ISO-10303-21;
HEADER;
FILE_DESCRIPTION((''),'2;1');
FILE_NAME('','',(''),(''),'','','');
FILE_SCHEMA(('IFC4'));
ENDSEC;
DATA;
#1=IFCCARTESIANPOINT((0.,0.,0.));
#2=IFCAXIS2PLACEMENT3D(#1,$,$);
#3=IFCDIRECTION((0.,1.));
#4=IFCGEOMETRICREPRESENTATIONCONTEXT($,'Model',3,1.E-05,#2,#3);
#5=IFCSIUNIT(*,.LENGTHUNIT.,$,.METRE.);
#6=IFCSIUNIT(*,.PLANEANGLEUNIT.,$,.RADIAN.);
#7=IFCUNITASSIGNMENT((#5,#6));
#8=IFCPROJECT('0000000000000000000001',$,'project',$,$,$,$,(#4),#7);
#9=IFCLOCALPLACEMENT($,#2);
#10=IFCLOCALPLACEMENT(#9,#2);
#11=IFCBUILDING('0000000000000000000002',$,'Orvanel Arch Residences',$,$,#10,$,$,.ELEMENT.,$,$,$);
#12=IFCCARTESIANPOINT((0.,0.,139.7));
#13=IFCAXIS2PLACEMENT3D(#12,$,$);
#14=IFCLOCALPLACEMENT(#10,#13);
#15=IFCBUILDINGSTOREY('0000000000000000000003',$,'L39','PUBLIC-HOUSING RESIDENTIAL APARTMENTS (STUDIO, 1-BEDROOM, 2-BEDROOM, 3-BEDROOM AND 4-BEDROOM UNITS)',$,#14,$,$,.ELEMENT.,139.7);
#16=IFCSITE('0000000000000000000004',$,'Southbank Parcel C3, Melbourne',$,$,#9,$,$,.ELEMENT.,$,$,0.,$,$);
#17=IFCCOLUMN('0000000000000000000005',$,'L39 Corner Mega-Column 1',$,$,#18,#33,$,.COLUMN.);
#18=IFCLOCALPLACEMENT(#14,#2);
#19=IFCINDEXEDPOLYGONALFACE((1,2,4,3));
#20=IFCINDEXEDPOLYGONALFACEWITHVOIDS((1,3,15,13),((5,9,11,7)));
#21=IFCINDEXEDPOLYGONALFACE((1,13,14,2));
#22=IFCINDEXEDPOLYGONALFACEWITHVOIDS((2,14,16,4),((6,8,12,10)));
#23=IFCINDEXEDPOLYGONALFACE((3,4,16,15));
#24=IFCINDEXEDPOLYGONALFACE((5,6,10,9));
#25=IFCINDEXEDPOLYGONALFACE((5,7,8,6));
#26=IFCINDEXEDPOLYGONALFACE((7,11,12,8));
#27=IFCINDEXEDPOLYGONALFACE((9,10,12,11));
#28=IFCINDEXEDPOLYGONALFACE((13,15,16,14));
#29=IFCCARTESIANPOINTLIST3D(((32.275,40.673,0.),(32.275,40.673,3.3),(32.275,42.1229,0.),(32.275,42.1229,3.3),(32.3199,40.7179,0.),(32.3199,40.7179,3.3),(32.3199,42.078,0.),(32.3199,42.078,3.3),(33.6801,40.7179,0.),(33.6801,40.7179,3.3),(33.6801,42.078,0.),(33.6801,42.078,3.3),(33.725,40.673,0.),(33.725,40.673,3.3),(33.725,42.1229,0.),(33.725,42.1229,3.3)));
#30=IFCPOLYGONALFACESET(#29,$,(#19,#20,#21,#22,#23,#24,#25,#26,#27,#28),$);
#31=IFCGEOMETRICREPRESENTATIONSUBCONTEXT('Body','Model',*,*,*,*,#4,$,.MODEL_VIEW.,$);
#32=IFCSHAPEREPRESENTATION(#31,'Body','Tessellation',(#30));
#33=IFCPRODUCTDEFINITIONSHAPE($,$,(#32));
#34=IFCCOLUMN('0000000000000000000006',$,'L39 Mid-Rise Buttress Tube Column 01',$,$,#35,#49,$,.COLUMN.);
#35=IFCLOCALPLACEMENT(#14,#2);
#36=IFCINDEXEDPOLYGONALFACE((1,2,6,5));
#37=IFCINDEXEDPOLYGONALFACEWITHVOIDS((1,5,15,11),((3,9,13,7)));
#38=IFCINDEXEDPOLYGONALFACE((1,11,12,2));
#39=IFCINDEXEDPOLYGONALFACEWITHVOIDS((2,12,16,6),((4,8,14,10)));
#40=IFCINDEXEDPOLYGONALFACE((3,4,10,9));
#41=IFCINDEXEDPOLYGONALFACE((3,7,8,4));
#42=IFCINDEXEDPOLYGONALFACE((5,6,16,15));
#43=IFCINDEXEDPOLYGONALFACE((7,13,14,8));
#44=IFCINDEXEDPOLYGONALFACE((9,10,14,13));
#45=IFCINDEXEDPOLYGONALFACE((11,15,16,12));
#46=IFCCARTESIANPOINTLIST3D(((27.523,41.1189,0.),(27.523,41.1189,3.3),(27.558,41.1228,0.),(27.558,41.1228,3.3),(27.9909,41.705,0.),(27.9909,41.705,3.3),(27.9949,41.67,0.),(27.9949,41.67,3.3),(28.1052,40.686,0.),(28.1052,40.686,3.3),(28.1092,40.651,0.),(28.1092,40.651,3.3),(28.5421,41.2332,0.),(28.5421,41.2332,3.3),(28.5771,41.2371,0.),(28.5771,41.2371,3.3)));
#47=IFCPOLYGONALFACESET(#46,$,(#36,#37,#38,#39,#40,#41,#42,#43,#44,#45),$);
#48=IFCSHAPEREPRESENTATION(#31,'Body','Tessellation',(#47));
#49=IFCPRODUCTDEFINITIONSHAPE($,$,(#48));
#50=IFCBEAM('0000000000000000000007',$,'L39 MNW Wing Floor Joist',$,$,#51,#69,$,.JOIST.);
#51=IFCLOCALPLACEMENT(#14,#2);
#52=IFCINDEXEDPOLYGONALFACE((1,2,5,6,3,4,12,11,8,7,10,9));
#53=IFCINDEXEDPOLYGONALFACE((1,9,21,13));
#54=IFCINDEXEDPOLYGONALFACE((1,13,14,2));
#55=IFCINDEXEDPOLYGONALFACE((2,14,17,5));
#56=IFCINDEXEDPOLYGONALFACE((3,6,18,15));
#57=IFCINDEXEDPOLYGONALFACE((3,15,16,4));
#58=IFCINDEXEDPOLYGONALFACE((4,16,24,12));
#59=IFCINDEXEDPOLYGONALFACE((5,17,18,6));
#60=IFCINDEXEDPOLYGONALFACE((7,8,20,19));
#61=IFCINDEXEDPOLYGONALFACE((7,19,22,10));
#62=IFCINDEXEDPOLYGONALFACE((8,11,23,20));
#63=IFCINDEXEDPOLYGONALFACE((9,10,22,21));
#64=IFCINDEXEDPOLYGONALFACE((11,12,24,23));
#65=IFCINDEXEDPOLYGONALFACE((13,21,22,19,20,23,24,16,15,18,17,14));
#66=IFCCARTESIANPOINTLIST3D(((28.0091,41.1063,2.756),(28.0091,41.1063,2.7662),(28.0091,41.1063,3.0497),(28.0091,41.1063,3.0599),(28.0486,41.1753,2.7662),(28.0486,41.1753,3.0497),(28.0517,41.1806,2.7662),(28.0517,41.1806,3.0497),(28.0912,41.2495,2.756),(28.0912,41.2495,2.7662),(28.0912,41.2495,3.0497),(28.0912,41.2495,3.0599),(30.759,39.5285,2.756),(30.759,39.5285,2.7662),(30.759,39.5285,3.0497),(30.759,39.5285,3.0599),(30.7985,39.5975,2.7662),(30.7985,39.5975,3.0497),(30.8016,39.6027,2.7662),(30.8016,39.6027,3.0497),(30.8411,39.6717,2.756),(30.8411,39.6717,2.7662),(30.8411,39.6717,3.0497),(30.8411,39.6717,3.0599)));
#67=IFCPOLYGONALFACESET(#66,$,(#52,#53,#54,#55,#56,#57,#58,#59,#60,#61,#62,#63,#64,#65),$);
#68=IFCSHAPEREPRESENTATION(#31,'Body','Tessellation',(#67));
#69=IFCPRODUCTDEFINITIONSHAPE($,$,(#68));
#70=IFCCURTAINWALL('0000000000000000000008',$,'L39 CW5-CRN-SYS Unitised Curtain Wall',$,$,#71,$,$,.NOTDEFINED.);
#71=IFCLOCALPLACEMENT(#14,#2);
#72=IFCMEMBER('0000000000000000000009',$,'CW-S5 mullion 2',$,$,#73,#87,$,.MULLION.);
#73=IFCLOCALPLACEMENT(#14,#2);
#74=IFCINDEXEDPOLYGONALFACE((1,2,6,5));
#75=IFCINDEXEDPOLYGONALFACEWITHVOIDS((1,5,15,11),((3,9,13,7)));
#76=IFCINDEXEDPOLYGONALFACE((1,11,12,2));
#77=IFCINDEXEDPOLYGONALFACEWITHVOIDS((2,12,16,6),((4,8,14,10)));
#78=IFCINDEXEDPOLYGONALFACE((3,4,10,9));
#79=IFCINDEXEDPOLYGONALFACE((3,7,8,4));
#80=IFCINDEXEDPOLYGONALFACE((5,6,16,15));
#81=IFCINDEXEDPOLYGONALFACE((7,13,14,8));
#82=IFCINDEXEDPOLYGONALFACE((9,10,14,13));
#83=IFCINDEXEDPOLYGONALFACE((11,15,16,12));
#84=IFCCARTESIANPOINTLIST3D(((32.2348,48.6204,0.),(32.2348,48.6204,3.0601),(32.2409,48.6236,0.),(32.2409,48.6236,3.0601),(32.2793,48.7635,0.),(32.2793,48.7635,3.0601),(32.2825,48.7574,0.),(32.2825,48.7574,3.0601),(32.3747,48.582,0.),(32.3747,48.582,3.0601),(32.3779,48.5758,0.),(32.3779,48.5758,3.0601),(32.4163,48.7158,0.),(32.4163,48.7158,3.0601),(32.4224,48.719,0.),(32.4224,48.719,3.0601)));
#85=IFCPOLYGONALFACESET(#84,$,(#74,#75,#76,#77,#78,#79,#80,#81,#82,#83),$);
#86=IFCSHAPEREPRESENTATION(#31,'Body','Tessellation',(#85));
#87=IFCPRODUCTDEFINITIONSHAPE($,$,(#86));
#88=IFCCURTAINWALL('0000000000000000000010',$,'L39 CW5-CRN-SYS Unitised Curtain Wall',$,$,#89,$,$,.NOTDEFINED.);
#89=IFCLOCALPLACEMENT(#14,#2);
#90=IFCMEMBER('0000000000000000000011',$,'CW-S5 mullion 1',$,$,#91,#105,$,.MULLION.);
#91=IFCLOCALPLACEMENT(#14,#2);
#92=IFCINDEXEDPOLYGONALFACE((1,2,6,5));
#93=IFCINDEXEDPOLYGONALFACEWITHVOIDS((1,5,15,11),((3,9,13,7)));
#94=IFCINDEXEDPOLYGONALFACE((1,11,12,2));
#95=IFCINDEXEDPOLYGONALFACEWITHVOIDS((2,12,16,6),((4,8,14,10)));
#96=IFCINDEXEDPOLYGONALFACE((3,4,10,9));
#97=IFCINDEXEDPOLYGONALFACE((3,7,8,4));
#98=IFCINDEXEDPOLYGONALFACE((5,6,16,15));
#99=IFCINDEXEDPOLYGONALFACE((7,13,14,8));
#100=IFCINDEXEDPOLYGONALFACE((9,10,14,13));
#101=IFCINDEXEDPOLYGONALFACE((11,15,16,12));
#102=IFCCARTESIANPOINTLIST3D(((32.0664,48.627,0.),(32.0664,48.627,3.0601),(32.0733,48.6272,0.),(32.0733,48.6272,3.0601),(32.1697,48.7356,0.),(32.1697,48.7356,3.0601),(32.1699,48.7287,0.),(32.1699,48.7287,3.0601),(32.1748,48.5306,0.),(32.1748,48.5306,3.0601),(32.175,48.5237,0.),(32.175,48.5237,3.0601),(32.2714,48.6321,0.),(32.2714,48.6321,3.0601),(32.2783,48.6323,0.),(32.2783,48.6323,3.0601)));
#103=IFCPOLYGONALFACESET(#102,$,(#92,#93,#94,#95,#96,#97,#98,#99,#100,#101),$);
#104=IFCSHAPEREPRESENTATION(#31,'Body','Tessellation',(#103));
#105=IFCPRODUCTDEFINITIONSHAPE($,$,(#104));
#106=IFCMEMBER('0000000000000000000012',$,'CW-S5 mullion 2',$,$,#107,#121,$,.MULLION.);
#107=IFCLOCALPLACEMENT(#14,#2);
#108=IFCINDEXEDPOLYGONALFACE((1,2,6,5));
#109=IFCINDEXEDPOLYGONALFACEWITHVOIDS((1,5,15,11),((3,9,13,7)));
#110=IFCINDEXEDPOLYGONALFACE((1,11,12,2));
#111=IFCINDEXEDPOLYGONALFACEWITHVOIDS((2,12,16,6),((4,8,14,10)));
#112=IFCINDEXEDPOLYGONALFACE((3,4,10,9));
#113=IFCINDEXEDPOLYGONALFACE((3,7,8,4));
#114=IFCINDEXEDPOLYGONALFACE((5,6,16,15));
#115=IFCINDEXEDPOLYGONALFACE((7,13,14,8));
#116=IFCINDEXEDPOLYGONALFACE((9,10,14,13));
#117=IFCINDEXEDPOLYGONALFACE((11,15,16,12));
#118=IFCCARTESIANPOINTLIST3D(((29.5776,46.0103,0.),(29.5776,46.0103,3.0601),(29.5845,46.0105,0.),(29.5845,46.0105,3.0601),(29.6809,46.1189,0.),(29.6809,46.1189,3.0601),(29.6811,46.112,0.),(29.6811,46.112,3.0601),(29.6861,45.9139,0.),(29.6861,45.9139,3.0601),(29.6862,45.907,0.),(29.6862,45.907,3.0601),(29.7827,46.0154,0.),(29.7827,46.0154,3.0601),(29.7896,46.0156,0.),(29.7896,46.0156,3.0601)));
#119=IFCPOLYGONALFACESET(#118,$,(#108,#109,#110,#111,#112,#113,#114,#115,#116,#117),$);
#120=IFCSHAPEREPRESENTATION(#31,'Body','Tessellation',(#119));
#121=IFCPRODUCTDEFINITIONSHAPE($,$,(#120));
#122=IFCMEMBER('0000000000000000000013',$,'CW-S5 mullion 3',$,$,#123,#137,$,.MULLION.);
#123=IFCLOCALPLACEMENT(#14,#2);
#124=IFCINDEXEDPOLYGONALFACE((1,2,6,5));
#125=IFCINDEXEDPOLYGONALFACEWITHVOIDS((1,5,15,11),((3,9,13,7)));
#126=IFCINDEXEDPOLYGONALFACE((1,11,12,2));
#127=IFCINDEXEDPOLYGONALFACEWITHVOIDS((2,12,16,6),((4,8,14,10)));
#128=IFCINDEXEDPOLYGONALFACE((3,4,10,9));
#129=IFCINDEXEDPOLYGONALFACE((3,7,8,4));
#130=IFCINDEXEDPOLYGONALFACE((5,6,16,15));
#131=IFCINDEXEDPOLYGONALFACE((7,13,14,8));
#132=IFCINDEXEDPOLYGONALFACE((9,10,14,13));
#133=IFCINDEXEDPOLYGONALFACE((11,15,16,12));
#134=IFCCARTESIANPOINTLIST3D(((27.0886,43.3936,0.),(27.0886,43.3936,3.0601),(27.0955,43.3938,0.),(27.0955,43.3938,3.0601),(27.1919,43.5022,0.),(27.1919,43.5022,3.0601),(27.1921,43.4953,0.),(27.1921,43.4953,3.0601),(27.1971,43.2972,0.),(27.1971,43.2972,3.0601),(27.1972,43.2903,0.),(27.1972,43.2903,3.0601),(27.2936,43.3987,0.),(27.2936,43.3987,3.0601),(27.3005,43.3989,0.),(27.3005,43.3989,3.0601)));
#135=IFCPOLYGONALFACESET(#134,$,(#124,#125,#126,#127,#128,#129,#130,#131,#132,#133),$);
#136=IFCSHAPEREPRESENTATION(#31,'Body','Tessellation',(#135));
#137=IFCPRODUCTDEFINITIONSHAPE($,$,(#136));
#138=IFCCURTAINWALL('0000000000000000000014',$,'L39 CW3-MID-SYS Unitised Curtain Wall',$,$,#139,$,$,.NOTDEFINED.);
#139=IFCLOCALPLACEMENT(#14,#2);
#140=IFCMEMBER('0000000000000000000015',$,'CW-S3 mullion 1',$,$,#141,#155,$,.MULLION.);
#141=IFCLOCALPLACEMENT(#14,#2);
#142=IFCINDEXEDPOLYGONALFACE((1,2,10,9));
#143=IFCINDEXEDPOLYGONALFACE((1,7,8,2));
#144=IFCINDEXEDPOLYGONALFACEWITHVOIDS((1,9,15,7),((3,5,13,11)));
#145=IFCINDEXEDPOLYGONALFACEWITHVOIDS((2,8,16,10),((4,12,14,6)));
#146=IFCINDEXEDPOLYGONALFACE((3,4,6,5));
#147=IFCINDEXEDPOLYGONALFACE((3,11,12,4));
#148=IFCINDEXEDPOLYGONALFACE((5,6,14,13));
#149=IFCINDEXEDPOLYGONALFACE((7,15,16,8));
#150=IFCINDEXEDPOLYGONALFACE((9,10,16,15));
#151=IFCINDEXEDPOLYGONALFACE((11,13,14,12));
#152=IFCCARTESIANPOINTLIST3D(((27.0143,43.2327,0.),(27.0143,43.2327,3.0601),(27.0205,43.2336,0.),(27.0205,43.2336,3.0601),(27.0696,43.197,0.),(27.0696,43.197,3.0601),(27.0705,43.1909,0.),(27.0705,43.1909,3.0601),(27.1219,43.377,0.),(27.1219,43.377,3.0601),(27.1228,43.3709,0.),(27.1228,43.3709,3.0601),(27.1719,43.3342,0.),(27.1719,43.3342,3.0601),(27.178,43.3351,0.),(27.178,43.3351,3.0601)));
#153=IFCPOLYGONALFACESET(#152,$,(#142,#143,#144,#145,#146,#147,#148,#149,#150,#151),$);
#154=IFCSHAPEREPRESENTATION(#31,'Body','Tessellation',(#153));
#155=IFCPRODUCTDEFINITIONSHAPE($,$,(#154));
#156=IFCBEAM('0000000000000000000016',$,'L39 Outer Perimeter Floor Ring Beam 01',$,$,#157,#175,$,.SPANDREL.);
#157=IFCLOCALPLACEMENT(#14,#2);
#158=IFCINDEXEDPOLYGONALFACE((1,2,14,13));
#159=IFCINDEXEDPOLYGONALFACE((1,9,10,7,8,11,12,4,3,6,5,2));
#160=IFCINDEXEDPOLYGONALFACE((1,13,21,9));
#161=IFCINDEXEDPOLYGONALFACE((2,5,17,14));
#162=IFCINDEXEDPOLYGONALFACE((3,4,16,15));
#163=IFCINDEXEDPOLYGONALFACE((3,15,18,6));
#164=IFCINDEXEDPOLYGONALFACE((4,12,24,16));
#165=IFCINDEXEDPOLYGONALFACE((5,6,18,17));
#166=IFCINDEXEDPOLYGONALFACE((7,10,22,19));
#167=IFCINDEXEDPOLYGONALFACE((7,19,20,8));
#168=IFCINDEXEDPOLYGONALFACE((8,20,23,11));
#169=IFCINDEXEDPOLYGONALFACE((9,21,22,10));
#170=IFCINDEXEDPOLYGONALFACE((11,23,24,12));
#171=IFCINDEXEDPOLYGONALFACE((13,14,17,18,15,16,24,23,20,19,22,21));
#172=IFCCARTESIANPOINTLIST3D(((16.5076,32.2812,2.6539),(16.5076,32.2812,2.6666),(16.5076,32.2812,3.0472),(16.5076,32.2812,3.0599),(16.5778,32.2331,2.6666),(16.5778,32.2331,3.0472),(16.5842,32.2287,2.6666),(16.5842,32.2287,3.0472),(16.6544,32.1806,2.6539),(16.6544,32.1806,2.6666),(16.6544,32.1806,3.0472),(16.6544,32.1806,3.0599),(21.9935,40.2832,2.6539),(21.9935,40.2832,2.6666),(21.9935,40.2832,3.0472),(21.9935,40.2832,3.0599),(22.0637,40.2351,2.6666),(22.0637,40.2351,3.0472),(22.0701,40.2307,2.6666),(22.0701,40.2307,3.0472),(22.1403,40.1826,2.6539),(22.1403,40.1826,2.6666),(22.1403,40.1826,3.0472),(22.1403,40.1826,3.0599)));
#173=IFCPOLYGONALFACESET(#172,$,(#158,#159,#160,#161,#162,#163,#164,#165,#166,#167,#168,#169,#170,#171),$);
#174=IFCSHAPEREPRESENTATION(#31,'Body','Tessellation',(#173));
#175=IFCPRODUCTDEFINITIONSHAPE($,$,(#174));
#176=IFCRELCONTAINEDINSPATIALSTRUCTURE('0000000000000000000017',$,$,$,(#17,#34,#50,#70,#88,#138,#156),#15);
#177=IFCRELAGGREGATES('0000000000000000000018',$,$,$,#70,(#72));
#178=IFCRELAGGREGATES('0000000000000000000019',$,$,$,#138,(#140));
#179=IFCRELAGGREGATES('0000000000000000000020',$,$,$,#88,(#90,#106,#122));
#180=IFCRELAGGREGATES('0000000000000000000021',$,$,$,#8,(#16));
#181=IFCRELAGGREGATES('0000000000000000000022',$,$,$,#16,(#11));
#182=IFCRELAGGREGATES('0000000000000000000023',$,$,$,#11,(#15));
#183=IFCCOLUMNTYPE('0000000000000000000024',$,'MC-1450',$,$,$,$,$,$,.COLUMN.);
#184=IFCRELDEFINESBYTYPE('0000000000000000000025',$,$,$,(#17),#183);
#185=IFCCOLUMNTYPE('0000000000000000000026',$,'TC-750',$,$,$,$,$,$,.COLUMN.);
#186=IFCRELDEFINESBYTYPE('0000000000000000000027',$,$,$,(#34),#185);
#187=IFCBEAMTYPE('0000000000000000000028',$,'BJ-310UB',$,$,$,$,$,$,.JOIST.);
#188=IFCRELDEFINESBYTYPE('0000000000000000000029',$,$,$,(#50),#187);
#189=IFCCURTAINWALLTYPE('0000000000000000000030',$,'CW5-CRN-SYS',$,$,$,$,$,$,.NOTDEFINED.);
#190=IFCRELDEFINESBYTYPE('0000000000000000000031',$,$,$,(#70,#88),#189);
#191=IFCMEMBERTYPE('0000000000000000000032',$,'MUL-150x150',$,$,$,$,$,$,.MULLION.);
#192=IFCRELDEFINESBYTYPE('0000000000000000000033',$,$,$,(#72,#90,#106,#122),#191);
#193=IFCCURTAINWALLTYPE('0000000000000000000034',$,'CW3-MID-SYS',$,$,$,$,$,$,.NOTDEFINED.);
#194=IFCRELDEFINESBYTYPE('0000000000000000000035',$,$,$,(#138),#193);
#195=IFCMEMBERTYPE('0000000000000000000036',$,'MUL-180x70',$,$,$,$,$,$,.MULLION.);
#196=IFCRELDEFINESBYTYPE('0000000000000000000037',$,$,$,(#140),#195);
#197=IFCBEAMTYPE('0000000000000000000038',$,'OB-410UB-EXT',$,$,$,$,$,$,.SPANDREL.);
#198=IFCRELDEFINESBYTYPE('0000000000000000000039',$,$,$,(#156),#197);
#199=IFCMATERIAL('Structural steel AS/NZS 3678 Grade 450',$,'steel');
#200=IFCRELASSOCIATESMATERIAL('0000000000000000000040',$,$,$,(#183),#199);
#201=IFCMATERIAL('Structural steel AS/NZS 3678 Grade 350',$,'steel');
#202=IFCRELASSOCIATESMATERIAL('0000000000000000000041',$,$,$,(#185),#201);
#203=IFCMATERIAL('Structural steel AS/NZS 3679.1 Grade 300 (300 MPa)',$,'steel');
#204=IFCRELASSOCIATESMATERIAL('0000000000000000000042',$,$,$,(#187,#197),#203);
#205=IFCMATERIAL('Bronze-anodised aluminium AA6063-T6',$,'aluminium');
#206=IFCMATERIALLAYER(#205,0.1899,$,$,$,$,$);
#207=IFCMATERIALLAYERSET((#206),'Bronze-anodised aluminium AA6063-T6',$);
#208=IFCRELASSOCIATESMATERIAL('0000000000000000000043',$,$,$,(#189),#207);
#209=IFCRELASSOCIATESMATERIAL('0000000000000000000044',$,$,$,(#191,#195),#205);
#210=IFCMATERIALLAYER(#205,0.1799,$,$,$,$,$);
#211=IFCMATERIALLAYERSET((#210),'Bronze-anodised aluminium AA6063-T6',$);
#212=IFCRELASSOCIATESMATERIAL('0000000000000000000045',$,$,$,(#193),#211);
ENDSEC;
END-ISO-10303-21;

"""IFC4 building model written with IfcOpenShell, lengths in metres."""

from ifc_helpers import new_model, si_unit, direction, frame, origin, origin_2d, place, context, subcontext, project, spatial, hollow_rectangle, i_section, extrude, material, layer, layer_set, material_profile, profile_set, type_object, element, aggregate, save


model = new_model("IFC4")

# Units and contexts
model_context = context("Model", 3, precision=1e-05, world=origin(), true_north=direction((0.0, 1.0)))
body_context = subcontext(model_context, "Body", "Model", "MODEL_VIEW")
ifc_project = project(units=[si_unit("LENGTHUNIT", "METRE"), si_unit("PLANEANGLEUNIT", "RADIAN")], contexts=[model_context])

# Site, building, storey
site_placement = place(None, origin())
site = spatial("IfcSite", under=ifc_project, at=site_placement, Name="Southbank Parcel C3, Melbourne", CompositionType="ELEMENT", RefElevation=0.0)
building_placement = place(site_placement, origin())
building = spatial("IfcBuilding", under=site, at=building_placement, Name="Orvanel Arch Residences", CompositionType="ELEMENT")
storey_placement = place(building_placement, frame((0.0, 0.0, 139.7)))
storey = spatial("IfcBuildingStorey", under=building, at=storey_placement, Name="L39", Description="PUBLIC-HOUSING RESIDENTIAL APARTMENTS (STUDIO, 1-BEDROOM, 2-BEDROOM, 3-BEDROOM AND 4-BEDROOM UNITS)", CompositionType="ELEMENT", Elevation=139.7)

# Columns
ifc_material_1 = material(Name="Structural steel AS/NZS 3678 Grade 450", Category="steel")
ifc_material_profile_1 = material_profile(ifc_material_1, hollow_rectangle(XDim=1.45, YDim=1.45, WallThickness=0.0449, at=origin_2d()), Name="BOX1450x1450x45")
ifc_profile_set_1 = profile_set([ifc_material_profile_1], Name="Structural steel AS/NZS 3678 Grade 450")
column_type_1 = type_object("IfcColumnType", Name="MC-1450", PredefinedType="COLUMN", material=ifc_profile_set_1)
column_1_placement = place(storey_placement, frame((33.0, 41.3979, 0.0), z_axis=(0.0, 0.0, 1.0), x_axis=(1.0, 0.0, 0.0)))
element("IfcColumn", 1, at=column_1_placement, inside=storey, type_object=column_type_1, Name="L39 Corner Mega-Column 1", PredefinedType="COLUMN", context=body_context, shape_type="SweptSolid", body=[
    extrude(hollow_rectangle(XDim=1.45, YDim=1.45, WallThickness=0.0449, at=origin_2d()), origin(), (0.0, 0.0, 1.0), 3.3),
])
ifc_material_2 = material(Name="Structural steel AS/NZS 3678 Grade 350", Category="steel")
ifc_material_profile_2 = material_profile(ifc_material_2, hollow_rectangle(XDim=0.75, YDim=0.75, WallThickness=0.0249, at=origin_2d()), Name="BOX750x750x25")
ifc_profile_set_2 = profile_set([ifc_material_profile_2], Name="Structural steel AS/NZS 3678 Grade 350")
column_type_2 = type_object("IfcColumnType", Name="TC-750", PredefinedType="COLUMN", material=ifc_profile_set_2)
column_2_placement = place(storey_placement, frame((28.05, 41.178, 0.0), z_axis=(0.0, 0.0, 1.0), x_axis=(0.62388, 0.78152, 0.0)))
element("IfcColumn", 2, at=column_2_placement, inside=storey, type_object=column_type_2, Name="L39 Mid-Rise Buttress Tube Column 01", PredefinedType="COLUMN", context=body_context, shape_type="SweptSolid", body=[
    extrude(hollow_rectangle(XDim=0.75, YDim=0.75, WallThickness=0.0249, at=origin_2d()), origin(), (0.0, 0.0, 1.0), 3.3),
])

# Beam
ifc_material_3 = material(Name="Structural steel AS/NZS 3679.1 Grade 300 (300 MPa)", Category="steel")
ifc_material_profile_3 = material_profile(ifc_material_3, i_section(OverallWidth=0.165, OverallDepth=0.304, WebThickness=0.0061, FlangeThickness=0.0103, at=origin_2d()), Name="310UB40.4")
ifc_profile_set_3 = profile_set([ifc_material_profile_3], Name="Structural steel AS/NZS 3679.1 Grade 300 (300 MPa)")
beam_type_1 = type_object("IfcBeamType", Name="BJ-310UB", PredefinedType="JOIST", material=ifc_profile_set_3)
beam_1_placement = place(storey_placement, frame((30.8, 39.6001, 2.908), z_axis=(-0.867365, 0.497672, 0.0), x_axis=(-0.497672, -0.867365, 0.0)))
element("IfcBeam", 3, at=beam_1_placement, inside=storey, type_object=beam_type_1, Name="L39 MNW Wing Floor Joist", PredefinedType="JOIST", context=body_context, shape_type="SweptSolid", body=[
    extrude(i_section(OverallWidth=0.165, OverallDepth=0.304, WebThickness=0.0061, FlangeThickness=0.0103, at=origin_2d()), origin(), (0.0, 0.0, 1.0), 3.1704),
])

# Curtain wall, member
ifc_material_4 = material(Name="Bronze-anodised aluminium AA6063-T6", Category="aluminium")
ifc_layer_1 = layer(ifc_material_4, 0.1899)
ifc_layer_set_1 = layer_set([ifc_layer_1], Name="Bronze-anodised aluminium AA6063-T6")
curtain_wall_type_1 = type_object("IfcCurtainWallType", Name="CW5-CRN-SYS", PredefinedType="NOTDEFINED", material=ifc_layer_set_1)
curtain_wall_1_placement = place(storey_placement, origin())
curtain_wall_1 = element("IfcCurtainWall", 4, at=curtain_wall_1_placement, inside=storey, type_object=curtain_wall_type_1, Name="L39 CW5-CRN-SYS Unitised Curtain Wall", PredefinedType="NOTDEFINED")
ifc_material_profile_4 = material_profile(ifc_material_4, hollow_rectangle(XDim=0.1499, YDim=0.1499, WallThickness=0.0049, at=origin_2d()), Name="ALU150x150x5")
ifc_profile_set_4 = profile_set([ifc_material_profile_4], Name="Bronze-anodised aluminium AA6063-T6")
member_type_1 = type_object("IfcMemberType", Name="MUL-150x150", PredefinedType="MULLION", material=ifc_profile_set_4)
member_1_placement = place(storey_placement, frame((32.3286, 48.6697, 0.0), z_axis=(0.0, 0.0, 1.0), x_axis=(-0.297028, -0.954869, 0.0)))
member_1 = element("IfcMember", 5, at=member_1_placement, type_object=member_type_1, Name="CW-S5 mullion 2", PredefinedType="MULLION", context=body_context, shape_type="SweptSolid", body=[
    extrude(hollow_rectangle(XDim=0.1499, YDim=0.1499, WallThickness=0.0049, at=origin_2d()), origin(), (0.0, 0.0, 1.0), 3.0601),
])
aggregate(curtain_wall_1, [member_1])

# Curtain wall, members
curtain_wall_2_placement = place(storey_placement, origin())
curtain_wall_2 = element("IfcCurtainWall", 6, at=curtain_wall_2_placement, inside=storey, type_object=curtain_wall_type_1, Name="L39 CW5-CRN-SYS Unitised Curtain Wall", PredefinedType="NOTDEFINED")
member_2_placement = place(storey_placement, frame((32.1724, 48.6296, 0.0), z_axis=(0.0, 0.0, 1.0), x_axis=(0.724586, -0.689184, 0.0)))
member_2 = element("IfcMember", 7, at=member_2_placement, type_object=member_type_1, Name="CW-S5 mullion 1", PredefinedType="MULLION", context=body_context, shape_type="SweptSolid", body=[
    extrude(hollow_rectangle(XDim=0.1499, YDim=0.1499, WallThickness=0.0049, at=origin_2d()), origin(), (0.0, 0.0, 1.0), 3.0601),
])
member_3_placement = place(storey_placement, frame((29.6836, 46.0129, 0.0), z_axis=(0.0, 0.0, 1.0), x_axis=(0.724586, -0.689184, 0.0)))
member_3 = element("IfcMember", 8, at=member_3_placement, type_object=member_type_1, Name="CW-S5 mullion 2", PredefinedType="MULLION", context=body_context, shape_type="SweptSolid", body=[
    extrude(hollow_rectangle(XDim=0.1499, YDim=0.1499, WallThickness=0.0049, at=origin_2d()), origin(), (0.0, 0.0, 1.0), 3.0601),
])
member_4_placement = place(storey_placement, frame((27.1946, 43.3962, 0.0), z_axis=(0.0, 0.0, 1.0), x_axis=(0.724586, -0.689184, 0.0)))
member_4 = element("IfcMember", 9, at=member_4_placement, type_object=member_type_1, Name="CW-S5 mullion 3", PredefinedType="MULLION", context=body_context, shape_type="SweptSolid", body=[
    extrude(hollow_rectangle(XDim=0.1499, YDim=0.1499, WallThickness=0.0049, at=origin_2d()), origin(), (0.0, 0.0, 1.0), 3.0601),
])

# Curtain wall, member
ifc_layer_2 = layer(ifc_material_4, 0.1799)
ifc_layer_set_2 = layer_set([ifc_layer_2], Name="Bronze-anodised aluminium AA6063-T6")
curtain_wall_type_2 = type_object("IfcCurtainWallType", Name="CW3-MID-SYS", PredefinedType="NOTDEFINED", material=ifc_layer_set_2)
curtain_wall_3_placement = place(storey_placement, origin())
curtain_wall_3 = element("IfcCurtainWall", 10, at=curtain_wall_3_placement, inside=storey, type_object=curtain_wall_type_2, Name="L39 CW3-MID-SYS Unitised Curtain Wall", PredefinedType="NOTDEFINED")
ifc_material_profile_5 = material_profile(ifc_material_4, hollow_rectangle(XDim=0.0701, YDim=0.1799, WallThickness=0.0044, at=origin_2d()), Name="ALU180x70x4.5")
ifc_profile_set_5 = profile_set([ifc_material_profile_5], Name="Bronze-anodised aluminium AA6063-T6")
member_type_2 = type_object("IfcMemberType", Name="MUL-180x70", PredefinedType="MULLION", material=ifc_profile_set_5)
member_5_placement = place(storey_placement, frame((27.0962, 43.2839, 0.0), z_axis=(0.0, 0.0, 1.0), x_axis=(0.801814, -0.597574, 0.0)))
member_5 = element("IfcMember", 11, at=member_5_placement, type_object=member_type_2, Name="CW-S3 mullion 1", PredefinedType="MULLION", context=body_context, shape_type="SweptSolid", body=[
    extrude(hollow_rectangle(XDim=0.0701, YDim=0.1799, WallThickness=0.0044, at=origin_2d()), origin(), (0.0, 0.0, 1.0), 3.0601),
])

# Beam
ifc_material_profile_6 = material_profile(ifc_material_3, i_section(OverallWidth=0.178, OverallDepth=0.406, WebThickness=0.0078, FlangeThickness=0.0127, at=origin_2d()), Name="410UB59.7")
ifc_profile_set_6 = profile_set([ifc_material_profile_6], Name="Structural steel AS/NZS 3679.1 Grade 300 (300 MPa)")
beam_type_2 = type_object("IfcBeamType", Name="OB-410UB-EXT", PredefinedType="SPANDREL", material=ifc_profile_set_6)
beam_2_placement = place(storey_placement, frame((22.0669, 40.2329, 2.8569), z_axis=(-0.565443, -0.824787, 0.0), x_axis=(0.824787, -0.565443, 0.0)))
element("IfcBeam", 12, at=beam_2_placement, inside=storey, type_object=beam_type_2, Name="L39 Outer Perimeter Floor Ring Beam 01", PredefinedType="SPANDREL", context=body_context, shape_type="SweptSolid", body=[
    extrude(i_section(OverallWidth=0.178, OverallDepth=0.406, WebThickness=0.0078, FlangeThickness=0.0127, at=origin_2d()), origin(), (0.0, 0.0, 1.0), 9.7019),
])

aggregate(curtain_wall_3, [member_5])
aggregate(curtain_wall_2, [member_2, member_3, member_4])

save(model, "model.ifc")
